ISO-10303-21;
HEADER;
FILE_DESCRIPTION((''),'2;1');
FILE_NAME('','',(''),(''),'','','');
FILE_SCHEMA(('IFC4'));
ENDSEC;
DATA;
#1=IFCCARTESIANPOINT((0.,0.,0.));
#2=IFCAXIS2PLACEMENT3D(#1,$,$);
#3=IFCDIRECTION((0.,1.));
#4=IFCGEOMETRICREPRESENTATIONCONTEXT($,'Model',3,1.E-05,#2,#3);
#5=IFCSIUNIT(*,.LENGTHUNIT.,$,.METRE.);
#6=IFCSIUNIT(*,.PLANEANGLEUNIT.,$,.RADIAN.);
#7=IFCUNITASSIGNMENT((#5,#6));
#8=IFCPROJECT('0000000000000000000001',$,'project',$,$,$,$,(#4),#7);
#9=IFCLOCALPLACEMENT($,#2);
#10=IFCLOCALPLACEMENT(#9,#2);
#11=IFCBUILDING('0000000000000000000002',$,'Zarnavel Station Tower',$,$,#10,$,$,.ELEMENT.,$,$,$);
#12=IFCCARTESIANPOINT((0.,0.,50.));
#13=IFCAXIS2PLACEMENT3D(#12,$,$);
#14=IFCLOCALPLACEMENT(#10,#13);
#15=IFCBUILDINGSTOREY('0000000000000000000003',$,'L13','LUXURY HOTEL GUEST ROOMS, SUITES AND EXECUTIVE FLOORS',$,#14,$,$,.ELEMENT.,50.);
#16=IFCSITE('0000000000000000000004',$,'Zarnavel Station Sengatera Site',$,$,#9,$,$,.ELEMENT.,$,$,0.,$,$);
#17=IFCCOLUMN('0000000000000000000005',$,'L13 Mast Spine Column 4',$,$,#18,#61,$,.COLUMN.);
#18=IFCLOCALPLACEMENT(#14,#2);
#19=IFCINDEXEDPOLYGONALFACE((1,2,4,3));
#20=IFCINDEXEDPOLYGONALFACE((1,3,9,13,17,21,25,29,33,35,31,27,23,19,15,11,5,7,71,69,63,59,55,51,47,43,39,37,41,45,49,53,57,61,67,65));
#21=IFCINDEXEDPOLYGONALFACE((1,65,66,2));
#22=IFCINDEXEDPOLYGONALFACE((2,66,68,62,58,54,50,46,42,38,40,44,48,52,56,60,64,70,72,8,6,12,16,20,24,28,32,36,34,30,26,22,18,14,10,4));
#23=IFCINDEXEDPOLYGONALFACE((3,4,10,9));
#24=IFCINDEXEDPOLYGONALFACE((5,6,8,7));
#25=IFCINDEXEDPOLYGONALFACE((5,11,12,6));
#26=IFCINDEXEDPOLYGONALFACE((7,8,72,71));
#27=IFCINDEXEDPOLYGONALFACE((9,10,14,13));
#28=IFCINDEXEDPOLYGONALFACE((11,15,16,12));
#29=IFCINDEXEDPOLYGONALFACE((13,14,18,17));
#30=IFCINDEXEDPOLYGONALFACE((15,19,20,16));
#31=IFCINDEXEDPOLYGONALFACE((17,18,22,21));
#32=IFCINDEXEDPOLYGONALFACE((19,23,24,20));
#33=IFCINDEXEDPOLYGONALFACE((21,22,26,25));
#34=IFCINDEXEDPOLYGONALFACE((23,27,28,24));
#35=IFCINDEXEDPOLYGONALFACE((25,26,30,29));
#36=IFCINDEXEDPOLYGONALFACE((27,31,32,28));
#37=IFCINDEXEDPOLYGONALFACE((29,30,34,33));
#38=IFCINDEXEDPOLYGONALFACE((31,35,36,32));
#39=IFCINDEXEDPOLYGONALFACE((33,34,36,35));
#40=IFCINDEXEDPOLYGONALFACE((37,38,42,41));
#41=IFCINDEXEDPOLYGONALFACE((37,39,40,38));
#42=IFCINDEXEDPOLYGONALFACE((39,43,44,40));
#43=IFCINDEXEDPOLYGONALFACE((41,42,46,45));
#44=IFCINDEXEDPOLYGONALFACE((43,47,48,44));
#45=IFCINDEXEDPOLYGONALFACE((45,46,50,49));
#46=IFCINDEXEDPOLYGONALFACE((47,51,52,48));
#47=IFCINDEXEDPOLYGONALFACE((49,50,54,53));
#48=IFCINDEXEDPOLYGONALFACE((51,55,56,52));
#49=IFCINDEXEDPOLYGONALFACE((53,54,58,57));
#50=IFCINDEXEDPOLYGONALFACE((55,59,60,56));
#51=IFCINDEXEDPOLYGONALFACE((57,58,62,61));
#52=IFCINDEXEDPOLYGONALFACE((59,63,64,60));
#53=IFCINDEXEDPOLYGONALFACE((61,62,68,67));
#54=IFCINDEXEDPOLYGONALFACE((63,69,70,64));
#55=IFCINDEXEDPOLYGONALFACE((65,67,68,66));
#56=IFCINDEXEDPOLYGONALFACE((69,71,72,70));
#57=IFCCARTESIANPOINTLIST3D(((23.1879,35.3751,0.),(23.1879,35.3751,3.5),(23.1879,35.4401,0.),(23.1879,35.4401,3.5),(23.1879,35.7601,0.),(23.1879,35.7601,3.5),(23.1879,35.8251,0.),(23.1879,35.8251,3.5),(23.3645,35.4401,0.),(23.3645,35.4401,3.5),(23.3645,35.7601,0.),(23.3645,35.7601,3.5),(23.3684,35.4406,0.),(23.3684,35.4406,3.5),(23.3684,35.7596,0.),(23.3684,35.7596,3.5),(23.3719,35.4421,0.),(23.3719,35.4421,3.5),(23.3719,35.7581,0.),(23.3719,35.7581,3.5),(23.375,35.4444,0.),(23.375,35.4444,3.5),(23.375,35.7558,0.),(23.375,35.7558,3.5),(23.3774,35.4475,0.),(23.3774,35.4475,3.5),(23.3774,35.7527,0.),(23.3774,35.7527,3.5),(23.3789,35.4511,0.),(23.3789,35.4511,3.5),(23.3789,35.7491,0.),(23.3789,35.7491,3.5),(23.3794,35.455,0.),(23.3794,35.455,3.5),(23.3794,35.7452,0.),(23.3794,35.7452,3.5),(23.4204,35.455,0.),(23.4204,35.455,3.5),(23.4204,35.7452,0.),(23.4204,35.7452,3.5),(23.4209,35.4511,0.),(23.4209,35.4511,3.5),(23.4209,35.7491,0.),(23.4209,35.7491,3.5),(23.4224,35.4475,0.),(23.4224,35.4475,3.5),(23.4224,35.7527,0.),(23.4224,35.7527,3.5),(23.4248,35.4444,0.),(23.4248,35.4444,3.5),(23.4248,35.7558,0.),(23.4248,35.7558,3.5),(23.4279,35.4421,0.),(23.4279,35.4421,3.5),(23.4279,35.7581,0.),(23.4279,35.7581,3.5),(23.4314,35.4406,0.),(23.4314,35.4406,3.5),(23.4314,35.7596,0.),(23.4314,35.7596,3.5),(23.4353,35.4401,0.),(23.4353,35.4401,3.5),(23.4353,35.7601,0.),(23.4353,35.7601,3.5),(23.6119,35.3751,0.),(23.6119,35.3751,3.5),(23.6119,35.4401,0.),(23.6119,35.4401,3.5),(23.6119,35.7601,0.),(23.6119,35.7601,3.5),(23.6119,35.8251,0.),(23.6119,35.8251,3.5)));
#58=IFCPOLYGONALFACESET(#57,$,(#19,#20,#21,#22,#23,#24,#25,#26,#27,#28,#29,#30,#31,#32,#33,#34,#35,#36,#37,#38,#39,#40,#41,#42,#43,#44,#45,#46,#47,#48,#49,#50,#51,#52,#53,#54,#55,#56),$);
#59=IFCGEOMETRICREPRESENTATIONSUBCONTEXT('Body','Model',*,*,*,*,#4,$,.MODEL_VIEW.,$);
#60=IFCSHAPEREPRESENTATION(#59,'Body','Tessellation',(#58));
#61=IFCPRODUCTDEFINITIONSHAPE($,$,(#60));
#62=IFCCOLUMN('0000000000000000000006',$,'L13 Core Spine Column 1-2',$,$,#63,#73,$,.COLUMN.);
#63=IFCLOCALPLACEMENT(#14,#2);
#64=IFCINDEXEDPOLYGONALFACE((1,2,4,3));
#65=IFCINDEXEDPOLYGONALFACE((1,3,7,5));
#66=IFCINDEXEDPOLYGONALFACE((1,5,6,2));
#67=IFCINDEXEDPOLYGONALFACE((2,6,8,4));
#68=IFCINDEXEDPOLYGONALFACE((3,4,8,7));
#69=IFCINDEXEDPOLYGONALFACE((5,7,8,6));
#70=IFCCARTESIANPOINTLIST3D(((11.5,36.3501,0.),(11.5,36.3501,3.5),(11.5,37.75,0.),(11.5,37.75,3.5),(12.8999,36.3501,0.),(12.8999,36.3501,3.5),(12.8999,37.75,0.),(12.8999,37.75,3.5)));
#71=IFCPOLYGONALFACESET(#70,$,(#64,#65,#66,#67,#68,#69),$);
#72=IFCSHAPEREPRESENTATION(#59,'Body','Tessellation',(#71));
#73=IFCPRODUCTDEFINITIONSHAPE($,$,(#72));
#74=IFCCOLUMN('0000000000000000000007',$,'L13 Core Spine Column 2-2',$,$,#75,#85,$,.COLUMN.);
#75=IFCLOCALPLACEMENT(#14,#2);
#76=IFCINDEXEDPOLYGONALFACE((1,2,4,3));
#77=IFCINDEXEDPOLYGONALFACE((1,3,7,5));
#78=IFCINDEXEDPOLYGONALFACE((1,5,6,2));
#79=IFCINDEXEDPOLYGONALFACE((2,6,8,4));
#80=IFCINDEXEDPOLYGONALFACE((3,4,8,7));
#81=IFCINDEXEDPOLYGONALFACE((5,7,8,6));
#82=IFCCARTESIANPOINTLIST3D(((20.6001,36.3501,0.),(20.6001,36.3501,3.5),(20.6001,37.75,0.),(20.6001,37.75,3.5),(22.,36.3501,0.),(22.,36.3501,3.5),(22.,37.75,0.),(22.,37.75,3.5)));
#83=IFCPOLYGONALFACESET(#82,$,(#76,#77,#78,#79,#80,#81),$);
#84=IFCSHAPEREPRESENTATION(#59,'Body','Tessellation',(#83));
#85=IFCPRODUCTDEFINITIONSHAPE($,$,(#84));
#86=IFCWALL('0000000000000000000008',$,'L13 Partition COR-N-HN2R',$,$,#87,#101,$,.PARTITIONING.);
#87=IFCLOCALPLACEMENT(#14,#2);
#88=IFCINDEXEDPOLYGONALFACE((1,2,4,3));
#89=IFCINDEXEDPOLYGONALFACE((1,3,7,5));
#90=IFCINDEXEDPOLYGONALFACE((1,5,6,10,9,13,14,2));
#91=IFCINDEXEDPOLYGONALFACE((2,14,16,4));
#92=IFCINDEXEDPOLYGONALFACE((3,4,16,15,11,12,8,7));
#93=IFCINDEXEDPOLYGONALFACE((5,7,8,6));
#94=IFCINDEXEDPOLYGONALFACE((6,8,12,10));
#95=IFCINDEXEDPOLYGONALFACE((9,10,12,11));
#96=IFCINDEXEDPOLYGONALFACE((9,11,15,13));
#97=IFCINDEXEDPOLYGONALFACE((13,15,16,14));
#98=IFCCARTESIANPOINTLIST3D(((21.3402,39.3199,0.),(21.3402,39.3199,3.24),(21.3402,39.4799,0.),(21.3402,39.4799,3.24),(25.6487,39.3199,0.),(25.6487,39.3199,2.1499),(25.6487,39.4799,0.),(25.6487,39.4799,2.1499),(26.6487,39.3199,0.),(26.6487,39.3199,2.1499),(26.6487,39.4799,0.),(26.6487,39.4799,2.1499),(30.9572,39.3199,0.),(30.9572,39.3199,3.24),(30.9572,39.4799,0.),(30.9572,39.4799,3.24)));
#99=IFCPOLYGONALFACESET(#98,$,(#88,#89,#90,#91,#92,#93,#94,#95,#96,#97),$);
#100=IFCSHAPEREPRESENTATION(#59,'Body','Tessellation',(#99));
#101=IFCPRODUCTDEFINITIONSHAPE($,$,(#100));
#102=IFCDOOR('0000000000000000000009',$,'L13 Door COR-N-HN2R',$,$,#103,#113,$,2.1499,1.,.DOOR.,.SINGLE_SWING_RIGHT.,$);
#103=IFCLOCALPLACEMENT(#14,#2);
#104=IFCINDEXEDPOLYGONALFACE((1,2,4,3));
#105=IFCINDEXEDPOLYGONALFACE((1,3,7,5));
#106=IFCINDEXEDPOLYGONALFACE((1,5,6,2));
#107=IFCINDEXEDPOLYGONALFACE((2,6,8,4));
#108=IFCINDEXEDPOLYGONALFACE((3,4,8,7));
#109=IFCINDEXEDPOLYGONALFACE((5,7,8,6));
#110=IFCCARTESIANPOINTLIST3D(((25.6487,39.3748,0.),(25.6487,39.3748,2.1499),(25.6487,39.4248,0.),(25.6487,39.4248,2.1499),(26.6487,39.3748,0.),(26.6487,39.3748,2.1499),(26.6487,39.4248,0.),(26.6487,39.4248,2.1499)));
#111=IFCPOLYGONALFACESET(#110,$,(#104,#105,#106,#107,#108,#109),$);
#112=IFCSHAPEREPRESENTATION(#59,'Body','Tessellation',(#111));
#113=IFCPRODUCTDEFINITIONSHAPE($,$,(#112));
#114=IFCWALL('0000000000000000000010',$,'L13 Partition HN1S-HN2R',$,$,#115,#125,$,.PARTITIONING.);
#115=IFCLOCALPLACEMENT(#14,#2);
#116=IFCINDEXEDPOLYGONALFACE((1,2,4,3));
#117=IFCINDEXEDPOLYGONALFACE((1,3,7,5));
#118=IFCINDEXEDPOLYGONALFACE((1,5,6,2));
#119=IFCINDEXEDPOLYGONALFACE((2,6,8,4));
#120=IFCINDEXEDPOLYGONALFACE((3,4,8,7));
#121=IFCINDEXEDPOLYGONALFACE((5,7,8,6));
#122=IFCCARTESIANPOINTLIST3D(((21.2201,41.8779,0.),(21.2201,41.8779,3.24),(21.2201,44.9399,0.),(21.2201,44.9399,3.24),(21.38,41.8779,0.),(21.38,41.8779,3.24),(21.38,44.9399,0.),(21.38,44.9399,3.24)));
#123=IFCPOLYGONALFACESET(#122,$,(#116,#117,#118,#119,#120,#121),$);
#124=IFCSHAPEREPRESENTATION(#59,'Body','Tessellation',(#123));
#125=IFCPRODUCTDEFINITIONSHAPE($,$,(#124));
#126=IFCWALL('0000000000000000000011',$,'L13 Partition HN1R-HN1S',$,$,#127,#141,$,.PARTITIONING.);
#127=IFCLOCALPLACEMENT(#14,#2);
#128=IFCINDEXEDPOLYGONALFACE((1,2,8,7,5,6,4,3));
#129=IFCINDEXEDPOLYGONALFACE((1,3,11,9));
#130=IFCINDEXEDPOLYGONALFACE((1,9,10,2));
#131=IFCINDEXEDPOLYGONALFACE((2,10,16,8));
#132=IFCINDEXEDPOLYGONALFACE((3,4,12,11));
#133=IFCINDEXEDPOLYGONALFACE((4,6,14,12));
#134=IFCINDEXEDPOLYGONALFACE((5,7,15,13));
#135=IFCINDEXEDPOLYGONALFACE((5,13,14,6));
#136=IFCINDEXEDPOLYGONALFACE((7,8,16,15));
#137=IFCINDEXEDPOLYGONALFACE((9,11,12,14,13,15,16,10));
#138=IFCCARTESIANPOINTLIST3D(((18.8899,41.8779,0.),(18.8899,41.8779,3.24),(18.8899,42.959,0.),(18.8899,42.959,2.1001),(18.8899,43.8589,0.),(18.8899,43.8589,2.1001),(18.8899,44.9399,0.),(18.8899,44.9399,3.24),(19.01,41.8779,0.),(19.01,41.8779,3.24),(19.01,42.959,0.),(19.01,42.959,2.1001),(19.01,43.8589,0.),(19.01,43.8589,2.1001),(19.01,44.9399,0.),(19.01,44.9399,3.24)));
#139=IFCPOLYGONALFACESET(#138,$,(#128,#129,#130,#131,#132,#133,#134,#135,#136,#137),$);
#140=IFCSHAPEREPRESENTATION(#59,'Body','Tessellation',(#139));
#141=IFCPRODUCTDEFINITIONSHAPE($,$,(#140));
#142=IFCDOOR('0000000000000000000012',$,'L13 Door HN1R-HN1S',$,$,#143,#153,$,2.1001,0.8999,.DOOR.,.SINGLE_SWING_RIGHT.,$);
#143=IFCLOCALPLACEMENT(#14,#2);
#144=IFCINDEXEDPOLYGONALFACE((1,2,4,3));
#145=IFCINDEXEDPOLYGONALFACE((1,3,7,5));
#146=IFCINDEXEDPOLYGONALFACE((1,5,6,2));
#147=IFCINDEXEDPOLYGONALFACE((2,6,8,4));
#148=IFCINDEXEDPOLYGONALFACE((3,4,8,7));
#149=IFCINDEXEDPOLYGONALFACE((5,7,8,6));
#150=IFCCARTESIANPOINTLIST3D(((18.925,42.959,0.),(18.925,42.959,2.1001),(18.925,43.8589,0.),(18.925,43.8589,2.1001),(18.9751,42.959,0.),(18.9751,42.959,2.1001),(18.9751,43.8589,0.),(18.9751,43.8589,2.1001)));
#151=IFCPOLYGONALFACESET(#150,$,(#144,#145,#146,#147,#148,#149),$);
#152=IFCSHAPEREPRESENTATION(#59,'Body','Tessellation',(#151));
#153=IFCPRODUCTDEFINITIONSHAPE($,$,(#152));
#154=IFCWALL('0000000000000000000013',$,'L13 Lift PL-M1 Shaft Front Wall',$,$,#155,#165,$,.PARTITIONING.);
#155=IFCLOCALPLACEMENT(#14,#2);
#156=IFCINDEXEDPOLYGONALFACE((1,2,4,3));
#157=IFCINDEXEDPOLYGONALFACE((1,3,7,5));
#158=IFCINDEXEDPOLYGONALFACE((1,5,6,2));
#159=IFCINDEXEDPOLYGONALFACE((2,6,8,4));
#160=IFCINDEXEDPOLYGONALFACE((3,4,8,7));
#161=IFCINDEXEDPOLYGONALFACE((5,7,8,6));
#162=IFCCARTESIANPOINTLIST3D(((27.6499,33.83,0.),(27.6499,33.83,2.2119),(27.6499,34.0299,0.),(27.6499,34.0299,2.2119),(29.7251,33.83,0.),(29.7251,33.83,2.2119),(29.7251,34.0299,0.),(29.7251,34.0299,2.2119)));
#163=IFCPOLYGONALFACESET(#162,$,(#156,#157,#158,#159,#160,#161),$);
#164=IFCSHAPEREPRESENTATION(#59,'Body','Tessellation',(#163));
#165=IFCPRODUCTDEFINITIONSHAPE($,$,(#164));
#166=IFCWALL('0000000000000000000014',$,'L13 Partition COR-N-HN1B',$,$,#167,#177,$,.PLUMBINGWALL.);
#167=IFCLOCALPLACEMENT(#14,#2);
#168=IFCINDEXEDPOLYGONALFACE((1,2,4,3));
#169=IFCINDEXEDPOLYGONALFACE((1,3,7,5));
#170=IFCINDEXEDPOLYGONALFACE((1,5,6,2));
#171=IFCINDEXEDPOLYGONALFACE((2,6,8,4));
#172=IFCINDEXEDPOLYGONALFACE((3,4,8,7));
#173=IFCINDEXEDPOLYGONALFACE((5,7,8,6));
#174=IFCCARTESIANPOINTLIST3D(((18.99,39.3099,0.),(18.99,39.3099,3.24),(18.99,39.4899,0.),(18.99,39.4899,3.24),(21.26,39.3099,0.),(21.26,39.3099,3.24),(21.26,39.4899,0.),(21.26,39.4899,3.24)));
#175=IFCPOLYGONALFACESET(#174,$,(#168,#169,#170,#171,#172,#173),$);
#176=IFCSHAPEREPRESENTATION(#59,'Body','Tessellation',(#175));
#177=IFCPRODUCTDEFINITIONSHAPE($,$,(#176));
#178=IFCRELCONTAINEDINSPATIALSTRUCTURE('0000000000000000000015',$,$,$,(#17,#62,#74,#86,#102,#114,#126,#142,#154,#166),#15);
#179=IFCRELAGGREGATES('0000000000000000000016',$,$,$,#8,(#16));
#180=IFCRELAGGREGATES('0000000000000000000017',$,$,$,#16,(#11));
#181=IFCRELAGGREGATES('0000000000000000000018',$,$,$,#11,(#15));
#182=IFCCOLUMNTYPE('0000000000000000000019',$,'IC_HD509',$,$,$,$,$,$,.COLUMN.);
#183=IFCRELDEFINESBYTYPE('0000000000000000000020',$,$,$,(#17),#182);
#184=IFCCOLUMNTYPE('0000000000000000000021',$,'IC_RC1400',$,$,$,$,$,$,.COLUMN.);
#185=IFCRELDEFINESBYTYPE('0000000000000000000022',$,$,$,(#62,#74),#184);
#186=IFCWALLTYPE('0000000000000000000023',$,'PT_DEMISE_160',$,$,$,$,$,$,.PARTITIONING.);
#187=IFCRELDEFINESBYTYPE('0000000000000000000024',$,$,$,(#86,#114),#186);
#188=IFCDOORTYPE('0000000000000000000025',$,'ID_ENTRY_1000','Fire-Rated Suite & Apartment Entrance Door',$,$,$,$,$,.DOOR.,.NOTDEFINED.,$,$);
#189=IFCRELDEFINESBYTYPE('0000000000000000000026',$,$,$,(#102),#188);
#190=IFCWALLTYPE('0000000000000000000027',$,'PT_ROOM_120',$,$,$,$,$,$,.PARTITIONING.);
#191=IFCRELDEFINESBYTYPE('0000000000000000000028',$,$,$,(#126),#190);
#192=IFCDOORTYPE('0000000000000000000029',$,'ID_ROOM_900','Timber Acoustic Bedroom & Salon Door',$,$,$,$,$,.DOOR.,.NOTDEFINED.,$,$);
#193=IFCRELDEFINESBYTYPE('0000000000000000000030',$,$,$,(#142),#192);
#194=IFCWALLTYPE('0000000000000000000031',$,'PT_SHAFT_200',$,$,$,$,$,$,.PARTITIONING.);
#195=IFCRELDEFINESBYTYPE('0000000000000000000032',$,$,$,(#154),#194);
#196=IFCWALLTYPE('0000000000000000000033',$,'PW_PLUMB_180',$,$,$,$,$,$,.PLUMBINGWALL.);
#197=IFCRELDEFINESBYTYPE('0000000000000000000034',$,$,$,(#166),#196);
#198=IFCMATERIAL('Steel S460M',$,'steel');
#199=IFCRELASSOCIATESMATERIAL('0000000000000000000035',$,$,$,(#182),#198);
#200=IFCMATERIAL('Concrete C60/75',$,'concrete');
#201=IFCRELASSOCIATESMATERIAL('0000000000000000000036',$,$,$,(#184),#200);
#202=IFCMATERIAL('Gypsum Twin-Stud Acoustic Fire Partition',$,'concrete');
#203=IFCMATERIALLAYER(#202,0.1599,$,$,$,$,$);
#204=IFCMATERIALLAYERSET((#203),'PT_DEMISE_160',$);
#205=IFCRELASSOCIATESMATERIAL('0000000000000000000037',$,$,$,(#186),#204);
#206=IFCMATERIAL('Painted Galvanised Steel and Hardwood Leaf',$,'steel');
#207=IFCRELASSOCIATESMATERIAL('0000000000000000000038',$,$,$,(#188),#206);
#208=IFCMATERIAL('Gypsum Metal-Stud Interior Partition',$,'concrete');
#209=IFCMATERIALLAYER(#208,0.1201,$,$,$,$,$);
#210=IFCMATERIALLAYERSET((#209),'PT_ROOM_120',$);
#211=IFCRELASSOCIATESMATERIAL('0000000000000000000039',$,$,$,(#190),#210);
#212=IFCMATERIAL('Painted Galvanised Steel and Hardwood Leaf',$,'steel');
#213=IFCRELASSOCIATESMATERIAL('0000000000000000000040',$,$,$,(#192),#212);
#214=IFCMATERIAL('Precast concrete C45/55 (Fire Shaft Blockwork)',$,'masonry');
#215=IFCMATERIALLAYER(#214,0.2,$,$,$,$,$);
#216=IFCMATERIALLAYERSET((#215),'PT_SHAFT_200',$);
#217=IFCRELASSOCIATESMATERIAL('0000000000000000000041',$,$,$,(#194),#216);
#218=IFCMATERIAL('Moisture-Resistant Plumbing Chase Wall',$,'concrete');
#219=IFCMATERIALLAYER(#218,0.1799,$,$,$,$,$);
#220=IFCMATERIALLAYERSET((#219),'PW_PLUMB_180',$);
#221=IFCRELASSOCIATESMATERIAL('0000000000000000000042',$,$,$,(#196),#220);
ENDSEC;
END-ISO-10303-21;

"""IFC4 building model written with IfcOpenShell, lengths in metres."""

from ifc_helpers import new_model, si_unit, direction, frame, frame_2d, origin, origin_2d, place, context, subcontext, project, spatial, rectangle, i_section, extrude, material, layer, layer_set, material_profile, profile_set, type_object, element, fill, save


model = new_model("IFC4")

# Units and contexts
model_context = context("Model", 3, precision=1e-05, world=origin(), true_north=direction((0.0, 1.0)))
body_context = subcontext(model_context, "Body", "Model", "MODEL_VIEW")
ifc_project = project(units=[si_unit("LENGTHUNIT", "METRE"), si_unit("PLANEANGLEUNIT", "RADIAN")], contexts=[model_context])

# Site, building, storey
site_placement = place(None, origin())
site = spatial("IfcSite", under=ifc_project, at=site_placement, Name="Zarnavel Station Sengatera Site", CompositionType="ELEMENT", RefElevation=0.0)
building_placement = place(site_placement, origin())
building = spatial("IfcBuilding", under=site, at=building_placement, Name="Zarnavel Station Tower", CompositionType="ELEMENT")
storey_placement = place(building_placement, frame((0.0, 0.0, 50.0)))
storey = spatial("IfcBuildingStorey", under=building, at=storey_placement, Name="L13", Description="LUXURY HOTEL GUEST ROOMS, SUITES AND EXECUTIVE FLOORS", CompositionType="ELEMENT", Elevation=50.0)

# Columns
ifc_material_1 = material(Name="Steel S460M", Category="steel")
ifc_material_profile_1 = material_profile(ifc_material_1, i_section(OverallWidth=0.4241, OverallDepth=0.45, WebThickness=0.041, FlangeThickness=0.0649, FilletRadius=0.0149, at=origin_2d()), Name="HD400x509")
ifc_profile_set_1 = profile_set([ifc_material_profile_1], Name="Steel S460M")
column_type_1 = type_object("IfcColumnType", Name="IC_HD509", PredefinedType="COLUMN", material=ifc_profile_set_1)
column_placement = place(storey_placement, frame((23.3999, 35.6001, 0.0), z_axis=(0.0, 0.0, 1.0), x_axis=(1.0, 0.0, 0.0)))
element("IfcColumn", 1, at=column_placement, inside=storey, type_object=column_type_1, Name="L13 Mast Spine Column 4", PredefinedType="COLUMN", context=body_context, shape_type="SweptSolid", body=[
    extrude(i_section(OverallWidth=0.4241, OverallDepth=0.45, WebThickness=0.041, FlangeThickness=0.0649, FilletRadius=0.0149, at=origin_2d()), origin(), (0.0, 0.0, 1.0), 3.5),
])
ifc_material_2 = material(Name="Concrete C60/75", Category="concrete")
ifc_material_profile_2 = material_profile(ifc_material_2, rectangle(XDim=1.3999, YDim=1.3999, at=origin_2d()), Name="RC1400x1400")
ifc_profile_set_2 = profile_set([ifc_material_profile_2], Name="Concrete C60/75")
column_type_2 = type_object("IfcColumnType", Name="IC_RC1400", PredefinedType="COLUMN", material=ifc_profile_set_2)
for number, where, z_axis, x_axis, name in (
    (2, (12.2, 37.05, 0.0), (0.0, 0.0, 1.0), (1.0, 0.0, 0.0), "L13 Core Spine Column 1-2"),
    (3, (21.3, 37.05, 0.0), (0.0, 0.0, 1.0), (1.0, 0.0, 0.0), "L13 Core Spine Column 2-2"),
):
    element("IfcColumn", number, at=place(storey_placement, frame(where, z_axis=z_axis, x_axis=x_axis)), inside=storey, type_object=column_type_2, Name=name, PredefinedType="COLUMN", context=body_context, shape_type="SweptSolid", body=[
        extrude(rectangle(XDim=1.3999, YDim=1.3999, at=origin_2d()), origin(), (0.0, 0.0, 1.0), 3.5),
    ])

# Wall, opening, door
ifc_material_3 = material(Name="Gypsum Twin-Stud Acoustic Fire Partition", Category="concrete")
ifc_layer_1 = layer(ifc_material_3, 0.1599)
ifc_layer_set_1 = layer_set([ifc_layer_1], Name="PT_DEMISE_160")
wall_type_1 = type_object("IfcWallType", Name="PT_DEMISE_160", PredefinedType="PARTITIONING", material=ifc_layer_set_1)
wall_1_placement = place(storey_placement, frame((21.3401, 39.3999, 0.0), z_axis=(0.0, 0.0, 1.0), x_axis=(1.0, 0.0, 0.0)))
wall_1 = element("IfcWall", 4, at=wall_1_placement, inside=storey, type_object=wall_type_1, Name="L13 Partition COR-N-HN2R", PredefinedType="PARTITIONING", context=body_context, shape_type="SweptSolid", body=[
    extrude(rectangle(XDim=9.6169, YDim=0.1599, at=frame_2d((4.8086, 0.0))), origin(), (0.0, 0.0, 1.0), 3.24),
])
opening_1_placement = place(wall_1_placement, frame((4.3086, 0.0, 0.0)))
opening_1 = element("IfcOpeningElement", 5, at=opening_1_placement, cuts=wall_1, PredefinedType="OPENING", context=body_context, shape_type="SweptSolid", body=[
    extrude(rectangle(XDim=1.0, YDim=2.1499, at=frame_2d((0.5, 1.075))), frame((0.0, 0.0898, 0.0), z_axis=(0.0, -1.0, 0.0), x_axis=(1.0, 0.0, 0.0)), (0.0, 0.0, 1.0), 0.1799),
])
ifc_material_4 = material(Name="Painted Galvanised Steel and Hardwood Leaf", Category="steel")
door_type_1 = type_object("IfcDoorType", Name="ID_ENTRY_1000", Description="Fire-Rated Suite & Apartment Entrance Door", OperationType="NOTDEFINED", PredefinedType="DOOR", material=ifc_material_4)
door_1_placement = place(opening_1_placement, origin())
door_1 = element("IfcDoor", 6, at=door_1_placement, inside=storey, type_object=door_type_1, Name="L13 Door COR-N-HN2R", OperationType="SINGLE_SWING_RIGHT", OverallHeight=2.1499, OverallWidth=1.0, PredefinedType="DOOR", context=body_context, shape_type="SweptSolid", body=[
    extrude(rectangle(XDim=1.0, YDim=2.1499, at=frame_2d((0.5, 1.075))), frame((0.0, 0.0249, 0.0), z_axis=(0.0, -1.0, 0.0), x_axis=(1.0, 0.0, 0.0)), (0.0, 0.0, 1.0), 0.05),
])
fill(opening_1, door_1)

# Wall
wall_2_placement = place(storey_placement, frame((21.3, 41.8779, 0.0), z_axis=(0.0, 0.0, 1.0), x_axis=(0.0, 1.0, 0.0)))
element("IfcWall", 7, at=wall_2_placement, inside=storey, type_object=wall_type_1, Name="L13 Partition HN1S-HN2R", PredefinedType="PARTITIONING", context=body_context, shape_type="SweptSolid", body=[
    extrude(rectangle(XDim=3.062, YDim=0.1599, at=frame_2d((1.531, 0.0))), origin(), (0.0, 0.0, 1.0), 3.24),
])

# Wall, opening, door
ifc_material_5 = material(Name="Gypsum Metal-Stud Interior Partition", Category="concrete")
ifc_layer_2 = layer(ifc_material_5, 0.1201)
ifc_layer_set_2 = layer_set([ifc_layer_2], Name="PT_ROOM_120")
wall_type_2 = type_object("IfcWallType", Name="PT_ROOM_120", PredefinedType="PARTITIONING", material=ifc_layer_set_2)
wall_3_placement = place(storey_placement, frame((18.95, 41.8779, 0.0), z_axis=(0.0, 0.0, 1.0), x_axis=(0.0, 1.0, 0.0)))
wall_3 = element("IfcWall", 8, at=wall_3_placement, inside=storey, type_object=wall_type_2, Name="L13 Partition HN1R-HN1S", PredefinedType="PARTITIONING", context=body_context, shape_type="SweptSolid", body=[
    extrude(rectangle(XDim=3.062, YDim=0.1201, at=frame_2d((1.531, 0.0))), origin(), (0.0, 0.0, 1.0), 3.24),
])
opening_2_placement = place(wall_3_placement, frame((1.0811, 0.0, 0.0)))
opening_2 = element("IfcOpeningElement", 9, at=opening_2_placement, cuts=wall_3, PredefinedType="OPENING", context=body_context, shape_type="SweptSolid", body=[
    extrude(rectangle(XDim=0.8999, YDim=2.1001, at=frame_2d((0.45, 1.05))), frame((0.0, 0.0701, 0.0), z_axis=(0.0, -1.0, 0.0), x_axis=(1.0, 0.0, 0.0)), (0.0, 0.0, 1.0), 0.1401),
])
ifc_material_6 = material(Name="Painted Galvanised Steel and Hardwood Leaf", Category="steel")
door_type_2 = type_object("IfcDoorType", Name="ID_ROOM_900", Description="Timber Acoustic Bedroom & Salon Door", OperationType="NOTDEFINED", PredefinedType="DOOR", material=ifc_material_6)
door_2_placement = place(opening_2_placement, origin())
door_2 = element("IfcDoor", 10, at=door_2_placement, inside=storey, type_object=door_type_2, Name="L13 Door HN1R-HN1S", OperationType="SINGLE_SWING_RIGHT", OverallHeight=2.1001, OverallWidth=0.8999, PredefinedType="DOOR", context=body_context, shape_type="SweptSolid", body=[
    extrude(rectangle(XDim=0.8999, YDim=2.1001, at=frame_2d((0.45, 1.05))), frame((0.0, 0.0249, 0.0), z_axis=(0.0, -1.0, 0.0), x_axis=(1.0, 0.0, 0.0)), (0.0, 0.0, 1.0), 0.05),
])
fill(opening_2, door_2)
ifc_material_7 = material(Name="Precast concrete C45/55 (Fire Shaft Blockwork)", Category="masonry")
ifc_layer_3 = layer(ifc_material_7, 0.2)
ifc_layer_set_3 = layer_set([ifc_layer_3], Name="PT_SHAFT_200")
wall_type_3 = type_object("IfcWallType", Name="PT_SHAFT_200", PredefinedType="PARTITIONING", material=ifc_layer_set_3)

# Walls
wall_4_placement = place(storey_placement, frame((27.6499, 33.9299, 0.0), z_axis=(0.0, 0.0, 1.0), x_axis=(1.0, 0.0, 0.0)))
element("IfcWall", 11, at=wall_4_placement, inside=storey, type_object=wall_type_3, Name="L13 Lift PL-M1 Shaft Front Wall", PredefinedType="PARTITIONING", context=body_context, shape_type="SweptSolid", body=[
    extrude(rectangle(XDim=2.0752, YDim=0.2, at=frame_2d((1.0376, 0.0))), origin(), (0.0, 0.0, 1.0), 2.2119),
])
ifc_material_8 = material(Name="Moisture-Resistant Plumbing Chase Wall", Category="concrete")
ifc_layer_4 = layer(ifc_material_8, 0.1799)
ifc_layer_set_4 = layer_set([ifc_layer_4], Name="PW_PLUMB_180")
wall_type_4 = type_object("IfcWallType", Name="PW_PLUMB_180", PredefinedType="PLUMBINGWALL", material=ifc_layer_set_4)
wall_5_placement = place(storey_placement, frame((18.99, 39.3999, 0.0), z_axis=(0.0, 0.0, 1.0), x_axis=(1.0, 0.0, 0.0)))
element("IfcWall", 12, at=wall_5_placement, inside=storey, type_object=wall_type_4, Name="L13 Partition COR-N-HN1B", PredefinedType="PLUMBINGWALL", context=body_context, shape_type="SweptSolid", body=[
    extrude(rectangle(XDim=2.27, YDim=0.1799, at=frame_2d((1.135, 0.0))), origin(), (0.0, 0.0, 1.0), 3.24),
])

save(model, "model.ifc")
